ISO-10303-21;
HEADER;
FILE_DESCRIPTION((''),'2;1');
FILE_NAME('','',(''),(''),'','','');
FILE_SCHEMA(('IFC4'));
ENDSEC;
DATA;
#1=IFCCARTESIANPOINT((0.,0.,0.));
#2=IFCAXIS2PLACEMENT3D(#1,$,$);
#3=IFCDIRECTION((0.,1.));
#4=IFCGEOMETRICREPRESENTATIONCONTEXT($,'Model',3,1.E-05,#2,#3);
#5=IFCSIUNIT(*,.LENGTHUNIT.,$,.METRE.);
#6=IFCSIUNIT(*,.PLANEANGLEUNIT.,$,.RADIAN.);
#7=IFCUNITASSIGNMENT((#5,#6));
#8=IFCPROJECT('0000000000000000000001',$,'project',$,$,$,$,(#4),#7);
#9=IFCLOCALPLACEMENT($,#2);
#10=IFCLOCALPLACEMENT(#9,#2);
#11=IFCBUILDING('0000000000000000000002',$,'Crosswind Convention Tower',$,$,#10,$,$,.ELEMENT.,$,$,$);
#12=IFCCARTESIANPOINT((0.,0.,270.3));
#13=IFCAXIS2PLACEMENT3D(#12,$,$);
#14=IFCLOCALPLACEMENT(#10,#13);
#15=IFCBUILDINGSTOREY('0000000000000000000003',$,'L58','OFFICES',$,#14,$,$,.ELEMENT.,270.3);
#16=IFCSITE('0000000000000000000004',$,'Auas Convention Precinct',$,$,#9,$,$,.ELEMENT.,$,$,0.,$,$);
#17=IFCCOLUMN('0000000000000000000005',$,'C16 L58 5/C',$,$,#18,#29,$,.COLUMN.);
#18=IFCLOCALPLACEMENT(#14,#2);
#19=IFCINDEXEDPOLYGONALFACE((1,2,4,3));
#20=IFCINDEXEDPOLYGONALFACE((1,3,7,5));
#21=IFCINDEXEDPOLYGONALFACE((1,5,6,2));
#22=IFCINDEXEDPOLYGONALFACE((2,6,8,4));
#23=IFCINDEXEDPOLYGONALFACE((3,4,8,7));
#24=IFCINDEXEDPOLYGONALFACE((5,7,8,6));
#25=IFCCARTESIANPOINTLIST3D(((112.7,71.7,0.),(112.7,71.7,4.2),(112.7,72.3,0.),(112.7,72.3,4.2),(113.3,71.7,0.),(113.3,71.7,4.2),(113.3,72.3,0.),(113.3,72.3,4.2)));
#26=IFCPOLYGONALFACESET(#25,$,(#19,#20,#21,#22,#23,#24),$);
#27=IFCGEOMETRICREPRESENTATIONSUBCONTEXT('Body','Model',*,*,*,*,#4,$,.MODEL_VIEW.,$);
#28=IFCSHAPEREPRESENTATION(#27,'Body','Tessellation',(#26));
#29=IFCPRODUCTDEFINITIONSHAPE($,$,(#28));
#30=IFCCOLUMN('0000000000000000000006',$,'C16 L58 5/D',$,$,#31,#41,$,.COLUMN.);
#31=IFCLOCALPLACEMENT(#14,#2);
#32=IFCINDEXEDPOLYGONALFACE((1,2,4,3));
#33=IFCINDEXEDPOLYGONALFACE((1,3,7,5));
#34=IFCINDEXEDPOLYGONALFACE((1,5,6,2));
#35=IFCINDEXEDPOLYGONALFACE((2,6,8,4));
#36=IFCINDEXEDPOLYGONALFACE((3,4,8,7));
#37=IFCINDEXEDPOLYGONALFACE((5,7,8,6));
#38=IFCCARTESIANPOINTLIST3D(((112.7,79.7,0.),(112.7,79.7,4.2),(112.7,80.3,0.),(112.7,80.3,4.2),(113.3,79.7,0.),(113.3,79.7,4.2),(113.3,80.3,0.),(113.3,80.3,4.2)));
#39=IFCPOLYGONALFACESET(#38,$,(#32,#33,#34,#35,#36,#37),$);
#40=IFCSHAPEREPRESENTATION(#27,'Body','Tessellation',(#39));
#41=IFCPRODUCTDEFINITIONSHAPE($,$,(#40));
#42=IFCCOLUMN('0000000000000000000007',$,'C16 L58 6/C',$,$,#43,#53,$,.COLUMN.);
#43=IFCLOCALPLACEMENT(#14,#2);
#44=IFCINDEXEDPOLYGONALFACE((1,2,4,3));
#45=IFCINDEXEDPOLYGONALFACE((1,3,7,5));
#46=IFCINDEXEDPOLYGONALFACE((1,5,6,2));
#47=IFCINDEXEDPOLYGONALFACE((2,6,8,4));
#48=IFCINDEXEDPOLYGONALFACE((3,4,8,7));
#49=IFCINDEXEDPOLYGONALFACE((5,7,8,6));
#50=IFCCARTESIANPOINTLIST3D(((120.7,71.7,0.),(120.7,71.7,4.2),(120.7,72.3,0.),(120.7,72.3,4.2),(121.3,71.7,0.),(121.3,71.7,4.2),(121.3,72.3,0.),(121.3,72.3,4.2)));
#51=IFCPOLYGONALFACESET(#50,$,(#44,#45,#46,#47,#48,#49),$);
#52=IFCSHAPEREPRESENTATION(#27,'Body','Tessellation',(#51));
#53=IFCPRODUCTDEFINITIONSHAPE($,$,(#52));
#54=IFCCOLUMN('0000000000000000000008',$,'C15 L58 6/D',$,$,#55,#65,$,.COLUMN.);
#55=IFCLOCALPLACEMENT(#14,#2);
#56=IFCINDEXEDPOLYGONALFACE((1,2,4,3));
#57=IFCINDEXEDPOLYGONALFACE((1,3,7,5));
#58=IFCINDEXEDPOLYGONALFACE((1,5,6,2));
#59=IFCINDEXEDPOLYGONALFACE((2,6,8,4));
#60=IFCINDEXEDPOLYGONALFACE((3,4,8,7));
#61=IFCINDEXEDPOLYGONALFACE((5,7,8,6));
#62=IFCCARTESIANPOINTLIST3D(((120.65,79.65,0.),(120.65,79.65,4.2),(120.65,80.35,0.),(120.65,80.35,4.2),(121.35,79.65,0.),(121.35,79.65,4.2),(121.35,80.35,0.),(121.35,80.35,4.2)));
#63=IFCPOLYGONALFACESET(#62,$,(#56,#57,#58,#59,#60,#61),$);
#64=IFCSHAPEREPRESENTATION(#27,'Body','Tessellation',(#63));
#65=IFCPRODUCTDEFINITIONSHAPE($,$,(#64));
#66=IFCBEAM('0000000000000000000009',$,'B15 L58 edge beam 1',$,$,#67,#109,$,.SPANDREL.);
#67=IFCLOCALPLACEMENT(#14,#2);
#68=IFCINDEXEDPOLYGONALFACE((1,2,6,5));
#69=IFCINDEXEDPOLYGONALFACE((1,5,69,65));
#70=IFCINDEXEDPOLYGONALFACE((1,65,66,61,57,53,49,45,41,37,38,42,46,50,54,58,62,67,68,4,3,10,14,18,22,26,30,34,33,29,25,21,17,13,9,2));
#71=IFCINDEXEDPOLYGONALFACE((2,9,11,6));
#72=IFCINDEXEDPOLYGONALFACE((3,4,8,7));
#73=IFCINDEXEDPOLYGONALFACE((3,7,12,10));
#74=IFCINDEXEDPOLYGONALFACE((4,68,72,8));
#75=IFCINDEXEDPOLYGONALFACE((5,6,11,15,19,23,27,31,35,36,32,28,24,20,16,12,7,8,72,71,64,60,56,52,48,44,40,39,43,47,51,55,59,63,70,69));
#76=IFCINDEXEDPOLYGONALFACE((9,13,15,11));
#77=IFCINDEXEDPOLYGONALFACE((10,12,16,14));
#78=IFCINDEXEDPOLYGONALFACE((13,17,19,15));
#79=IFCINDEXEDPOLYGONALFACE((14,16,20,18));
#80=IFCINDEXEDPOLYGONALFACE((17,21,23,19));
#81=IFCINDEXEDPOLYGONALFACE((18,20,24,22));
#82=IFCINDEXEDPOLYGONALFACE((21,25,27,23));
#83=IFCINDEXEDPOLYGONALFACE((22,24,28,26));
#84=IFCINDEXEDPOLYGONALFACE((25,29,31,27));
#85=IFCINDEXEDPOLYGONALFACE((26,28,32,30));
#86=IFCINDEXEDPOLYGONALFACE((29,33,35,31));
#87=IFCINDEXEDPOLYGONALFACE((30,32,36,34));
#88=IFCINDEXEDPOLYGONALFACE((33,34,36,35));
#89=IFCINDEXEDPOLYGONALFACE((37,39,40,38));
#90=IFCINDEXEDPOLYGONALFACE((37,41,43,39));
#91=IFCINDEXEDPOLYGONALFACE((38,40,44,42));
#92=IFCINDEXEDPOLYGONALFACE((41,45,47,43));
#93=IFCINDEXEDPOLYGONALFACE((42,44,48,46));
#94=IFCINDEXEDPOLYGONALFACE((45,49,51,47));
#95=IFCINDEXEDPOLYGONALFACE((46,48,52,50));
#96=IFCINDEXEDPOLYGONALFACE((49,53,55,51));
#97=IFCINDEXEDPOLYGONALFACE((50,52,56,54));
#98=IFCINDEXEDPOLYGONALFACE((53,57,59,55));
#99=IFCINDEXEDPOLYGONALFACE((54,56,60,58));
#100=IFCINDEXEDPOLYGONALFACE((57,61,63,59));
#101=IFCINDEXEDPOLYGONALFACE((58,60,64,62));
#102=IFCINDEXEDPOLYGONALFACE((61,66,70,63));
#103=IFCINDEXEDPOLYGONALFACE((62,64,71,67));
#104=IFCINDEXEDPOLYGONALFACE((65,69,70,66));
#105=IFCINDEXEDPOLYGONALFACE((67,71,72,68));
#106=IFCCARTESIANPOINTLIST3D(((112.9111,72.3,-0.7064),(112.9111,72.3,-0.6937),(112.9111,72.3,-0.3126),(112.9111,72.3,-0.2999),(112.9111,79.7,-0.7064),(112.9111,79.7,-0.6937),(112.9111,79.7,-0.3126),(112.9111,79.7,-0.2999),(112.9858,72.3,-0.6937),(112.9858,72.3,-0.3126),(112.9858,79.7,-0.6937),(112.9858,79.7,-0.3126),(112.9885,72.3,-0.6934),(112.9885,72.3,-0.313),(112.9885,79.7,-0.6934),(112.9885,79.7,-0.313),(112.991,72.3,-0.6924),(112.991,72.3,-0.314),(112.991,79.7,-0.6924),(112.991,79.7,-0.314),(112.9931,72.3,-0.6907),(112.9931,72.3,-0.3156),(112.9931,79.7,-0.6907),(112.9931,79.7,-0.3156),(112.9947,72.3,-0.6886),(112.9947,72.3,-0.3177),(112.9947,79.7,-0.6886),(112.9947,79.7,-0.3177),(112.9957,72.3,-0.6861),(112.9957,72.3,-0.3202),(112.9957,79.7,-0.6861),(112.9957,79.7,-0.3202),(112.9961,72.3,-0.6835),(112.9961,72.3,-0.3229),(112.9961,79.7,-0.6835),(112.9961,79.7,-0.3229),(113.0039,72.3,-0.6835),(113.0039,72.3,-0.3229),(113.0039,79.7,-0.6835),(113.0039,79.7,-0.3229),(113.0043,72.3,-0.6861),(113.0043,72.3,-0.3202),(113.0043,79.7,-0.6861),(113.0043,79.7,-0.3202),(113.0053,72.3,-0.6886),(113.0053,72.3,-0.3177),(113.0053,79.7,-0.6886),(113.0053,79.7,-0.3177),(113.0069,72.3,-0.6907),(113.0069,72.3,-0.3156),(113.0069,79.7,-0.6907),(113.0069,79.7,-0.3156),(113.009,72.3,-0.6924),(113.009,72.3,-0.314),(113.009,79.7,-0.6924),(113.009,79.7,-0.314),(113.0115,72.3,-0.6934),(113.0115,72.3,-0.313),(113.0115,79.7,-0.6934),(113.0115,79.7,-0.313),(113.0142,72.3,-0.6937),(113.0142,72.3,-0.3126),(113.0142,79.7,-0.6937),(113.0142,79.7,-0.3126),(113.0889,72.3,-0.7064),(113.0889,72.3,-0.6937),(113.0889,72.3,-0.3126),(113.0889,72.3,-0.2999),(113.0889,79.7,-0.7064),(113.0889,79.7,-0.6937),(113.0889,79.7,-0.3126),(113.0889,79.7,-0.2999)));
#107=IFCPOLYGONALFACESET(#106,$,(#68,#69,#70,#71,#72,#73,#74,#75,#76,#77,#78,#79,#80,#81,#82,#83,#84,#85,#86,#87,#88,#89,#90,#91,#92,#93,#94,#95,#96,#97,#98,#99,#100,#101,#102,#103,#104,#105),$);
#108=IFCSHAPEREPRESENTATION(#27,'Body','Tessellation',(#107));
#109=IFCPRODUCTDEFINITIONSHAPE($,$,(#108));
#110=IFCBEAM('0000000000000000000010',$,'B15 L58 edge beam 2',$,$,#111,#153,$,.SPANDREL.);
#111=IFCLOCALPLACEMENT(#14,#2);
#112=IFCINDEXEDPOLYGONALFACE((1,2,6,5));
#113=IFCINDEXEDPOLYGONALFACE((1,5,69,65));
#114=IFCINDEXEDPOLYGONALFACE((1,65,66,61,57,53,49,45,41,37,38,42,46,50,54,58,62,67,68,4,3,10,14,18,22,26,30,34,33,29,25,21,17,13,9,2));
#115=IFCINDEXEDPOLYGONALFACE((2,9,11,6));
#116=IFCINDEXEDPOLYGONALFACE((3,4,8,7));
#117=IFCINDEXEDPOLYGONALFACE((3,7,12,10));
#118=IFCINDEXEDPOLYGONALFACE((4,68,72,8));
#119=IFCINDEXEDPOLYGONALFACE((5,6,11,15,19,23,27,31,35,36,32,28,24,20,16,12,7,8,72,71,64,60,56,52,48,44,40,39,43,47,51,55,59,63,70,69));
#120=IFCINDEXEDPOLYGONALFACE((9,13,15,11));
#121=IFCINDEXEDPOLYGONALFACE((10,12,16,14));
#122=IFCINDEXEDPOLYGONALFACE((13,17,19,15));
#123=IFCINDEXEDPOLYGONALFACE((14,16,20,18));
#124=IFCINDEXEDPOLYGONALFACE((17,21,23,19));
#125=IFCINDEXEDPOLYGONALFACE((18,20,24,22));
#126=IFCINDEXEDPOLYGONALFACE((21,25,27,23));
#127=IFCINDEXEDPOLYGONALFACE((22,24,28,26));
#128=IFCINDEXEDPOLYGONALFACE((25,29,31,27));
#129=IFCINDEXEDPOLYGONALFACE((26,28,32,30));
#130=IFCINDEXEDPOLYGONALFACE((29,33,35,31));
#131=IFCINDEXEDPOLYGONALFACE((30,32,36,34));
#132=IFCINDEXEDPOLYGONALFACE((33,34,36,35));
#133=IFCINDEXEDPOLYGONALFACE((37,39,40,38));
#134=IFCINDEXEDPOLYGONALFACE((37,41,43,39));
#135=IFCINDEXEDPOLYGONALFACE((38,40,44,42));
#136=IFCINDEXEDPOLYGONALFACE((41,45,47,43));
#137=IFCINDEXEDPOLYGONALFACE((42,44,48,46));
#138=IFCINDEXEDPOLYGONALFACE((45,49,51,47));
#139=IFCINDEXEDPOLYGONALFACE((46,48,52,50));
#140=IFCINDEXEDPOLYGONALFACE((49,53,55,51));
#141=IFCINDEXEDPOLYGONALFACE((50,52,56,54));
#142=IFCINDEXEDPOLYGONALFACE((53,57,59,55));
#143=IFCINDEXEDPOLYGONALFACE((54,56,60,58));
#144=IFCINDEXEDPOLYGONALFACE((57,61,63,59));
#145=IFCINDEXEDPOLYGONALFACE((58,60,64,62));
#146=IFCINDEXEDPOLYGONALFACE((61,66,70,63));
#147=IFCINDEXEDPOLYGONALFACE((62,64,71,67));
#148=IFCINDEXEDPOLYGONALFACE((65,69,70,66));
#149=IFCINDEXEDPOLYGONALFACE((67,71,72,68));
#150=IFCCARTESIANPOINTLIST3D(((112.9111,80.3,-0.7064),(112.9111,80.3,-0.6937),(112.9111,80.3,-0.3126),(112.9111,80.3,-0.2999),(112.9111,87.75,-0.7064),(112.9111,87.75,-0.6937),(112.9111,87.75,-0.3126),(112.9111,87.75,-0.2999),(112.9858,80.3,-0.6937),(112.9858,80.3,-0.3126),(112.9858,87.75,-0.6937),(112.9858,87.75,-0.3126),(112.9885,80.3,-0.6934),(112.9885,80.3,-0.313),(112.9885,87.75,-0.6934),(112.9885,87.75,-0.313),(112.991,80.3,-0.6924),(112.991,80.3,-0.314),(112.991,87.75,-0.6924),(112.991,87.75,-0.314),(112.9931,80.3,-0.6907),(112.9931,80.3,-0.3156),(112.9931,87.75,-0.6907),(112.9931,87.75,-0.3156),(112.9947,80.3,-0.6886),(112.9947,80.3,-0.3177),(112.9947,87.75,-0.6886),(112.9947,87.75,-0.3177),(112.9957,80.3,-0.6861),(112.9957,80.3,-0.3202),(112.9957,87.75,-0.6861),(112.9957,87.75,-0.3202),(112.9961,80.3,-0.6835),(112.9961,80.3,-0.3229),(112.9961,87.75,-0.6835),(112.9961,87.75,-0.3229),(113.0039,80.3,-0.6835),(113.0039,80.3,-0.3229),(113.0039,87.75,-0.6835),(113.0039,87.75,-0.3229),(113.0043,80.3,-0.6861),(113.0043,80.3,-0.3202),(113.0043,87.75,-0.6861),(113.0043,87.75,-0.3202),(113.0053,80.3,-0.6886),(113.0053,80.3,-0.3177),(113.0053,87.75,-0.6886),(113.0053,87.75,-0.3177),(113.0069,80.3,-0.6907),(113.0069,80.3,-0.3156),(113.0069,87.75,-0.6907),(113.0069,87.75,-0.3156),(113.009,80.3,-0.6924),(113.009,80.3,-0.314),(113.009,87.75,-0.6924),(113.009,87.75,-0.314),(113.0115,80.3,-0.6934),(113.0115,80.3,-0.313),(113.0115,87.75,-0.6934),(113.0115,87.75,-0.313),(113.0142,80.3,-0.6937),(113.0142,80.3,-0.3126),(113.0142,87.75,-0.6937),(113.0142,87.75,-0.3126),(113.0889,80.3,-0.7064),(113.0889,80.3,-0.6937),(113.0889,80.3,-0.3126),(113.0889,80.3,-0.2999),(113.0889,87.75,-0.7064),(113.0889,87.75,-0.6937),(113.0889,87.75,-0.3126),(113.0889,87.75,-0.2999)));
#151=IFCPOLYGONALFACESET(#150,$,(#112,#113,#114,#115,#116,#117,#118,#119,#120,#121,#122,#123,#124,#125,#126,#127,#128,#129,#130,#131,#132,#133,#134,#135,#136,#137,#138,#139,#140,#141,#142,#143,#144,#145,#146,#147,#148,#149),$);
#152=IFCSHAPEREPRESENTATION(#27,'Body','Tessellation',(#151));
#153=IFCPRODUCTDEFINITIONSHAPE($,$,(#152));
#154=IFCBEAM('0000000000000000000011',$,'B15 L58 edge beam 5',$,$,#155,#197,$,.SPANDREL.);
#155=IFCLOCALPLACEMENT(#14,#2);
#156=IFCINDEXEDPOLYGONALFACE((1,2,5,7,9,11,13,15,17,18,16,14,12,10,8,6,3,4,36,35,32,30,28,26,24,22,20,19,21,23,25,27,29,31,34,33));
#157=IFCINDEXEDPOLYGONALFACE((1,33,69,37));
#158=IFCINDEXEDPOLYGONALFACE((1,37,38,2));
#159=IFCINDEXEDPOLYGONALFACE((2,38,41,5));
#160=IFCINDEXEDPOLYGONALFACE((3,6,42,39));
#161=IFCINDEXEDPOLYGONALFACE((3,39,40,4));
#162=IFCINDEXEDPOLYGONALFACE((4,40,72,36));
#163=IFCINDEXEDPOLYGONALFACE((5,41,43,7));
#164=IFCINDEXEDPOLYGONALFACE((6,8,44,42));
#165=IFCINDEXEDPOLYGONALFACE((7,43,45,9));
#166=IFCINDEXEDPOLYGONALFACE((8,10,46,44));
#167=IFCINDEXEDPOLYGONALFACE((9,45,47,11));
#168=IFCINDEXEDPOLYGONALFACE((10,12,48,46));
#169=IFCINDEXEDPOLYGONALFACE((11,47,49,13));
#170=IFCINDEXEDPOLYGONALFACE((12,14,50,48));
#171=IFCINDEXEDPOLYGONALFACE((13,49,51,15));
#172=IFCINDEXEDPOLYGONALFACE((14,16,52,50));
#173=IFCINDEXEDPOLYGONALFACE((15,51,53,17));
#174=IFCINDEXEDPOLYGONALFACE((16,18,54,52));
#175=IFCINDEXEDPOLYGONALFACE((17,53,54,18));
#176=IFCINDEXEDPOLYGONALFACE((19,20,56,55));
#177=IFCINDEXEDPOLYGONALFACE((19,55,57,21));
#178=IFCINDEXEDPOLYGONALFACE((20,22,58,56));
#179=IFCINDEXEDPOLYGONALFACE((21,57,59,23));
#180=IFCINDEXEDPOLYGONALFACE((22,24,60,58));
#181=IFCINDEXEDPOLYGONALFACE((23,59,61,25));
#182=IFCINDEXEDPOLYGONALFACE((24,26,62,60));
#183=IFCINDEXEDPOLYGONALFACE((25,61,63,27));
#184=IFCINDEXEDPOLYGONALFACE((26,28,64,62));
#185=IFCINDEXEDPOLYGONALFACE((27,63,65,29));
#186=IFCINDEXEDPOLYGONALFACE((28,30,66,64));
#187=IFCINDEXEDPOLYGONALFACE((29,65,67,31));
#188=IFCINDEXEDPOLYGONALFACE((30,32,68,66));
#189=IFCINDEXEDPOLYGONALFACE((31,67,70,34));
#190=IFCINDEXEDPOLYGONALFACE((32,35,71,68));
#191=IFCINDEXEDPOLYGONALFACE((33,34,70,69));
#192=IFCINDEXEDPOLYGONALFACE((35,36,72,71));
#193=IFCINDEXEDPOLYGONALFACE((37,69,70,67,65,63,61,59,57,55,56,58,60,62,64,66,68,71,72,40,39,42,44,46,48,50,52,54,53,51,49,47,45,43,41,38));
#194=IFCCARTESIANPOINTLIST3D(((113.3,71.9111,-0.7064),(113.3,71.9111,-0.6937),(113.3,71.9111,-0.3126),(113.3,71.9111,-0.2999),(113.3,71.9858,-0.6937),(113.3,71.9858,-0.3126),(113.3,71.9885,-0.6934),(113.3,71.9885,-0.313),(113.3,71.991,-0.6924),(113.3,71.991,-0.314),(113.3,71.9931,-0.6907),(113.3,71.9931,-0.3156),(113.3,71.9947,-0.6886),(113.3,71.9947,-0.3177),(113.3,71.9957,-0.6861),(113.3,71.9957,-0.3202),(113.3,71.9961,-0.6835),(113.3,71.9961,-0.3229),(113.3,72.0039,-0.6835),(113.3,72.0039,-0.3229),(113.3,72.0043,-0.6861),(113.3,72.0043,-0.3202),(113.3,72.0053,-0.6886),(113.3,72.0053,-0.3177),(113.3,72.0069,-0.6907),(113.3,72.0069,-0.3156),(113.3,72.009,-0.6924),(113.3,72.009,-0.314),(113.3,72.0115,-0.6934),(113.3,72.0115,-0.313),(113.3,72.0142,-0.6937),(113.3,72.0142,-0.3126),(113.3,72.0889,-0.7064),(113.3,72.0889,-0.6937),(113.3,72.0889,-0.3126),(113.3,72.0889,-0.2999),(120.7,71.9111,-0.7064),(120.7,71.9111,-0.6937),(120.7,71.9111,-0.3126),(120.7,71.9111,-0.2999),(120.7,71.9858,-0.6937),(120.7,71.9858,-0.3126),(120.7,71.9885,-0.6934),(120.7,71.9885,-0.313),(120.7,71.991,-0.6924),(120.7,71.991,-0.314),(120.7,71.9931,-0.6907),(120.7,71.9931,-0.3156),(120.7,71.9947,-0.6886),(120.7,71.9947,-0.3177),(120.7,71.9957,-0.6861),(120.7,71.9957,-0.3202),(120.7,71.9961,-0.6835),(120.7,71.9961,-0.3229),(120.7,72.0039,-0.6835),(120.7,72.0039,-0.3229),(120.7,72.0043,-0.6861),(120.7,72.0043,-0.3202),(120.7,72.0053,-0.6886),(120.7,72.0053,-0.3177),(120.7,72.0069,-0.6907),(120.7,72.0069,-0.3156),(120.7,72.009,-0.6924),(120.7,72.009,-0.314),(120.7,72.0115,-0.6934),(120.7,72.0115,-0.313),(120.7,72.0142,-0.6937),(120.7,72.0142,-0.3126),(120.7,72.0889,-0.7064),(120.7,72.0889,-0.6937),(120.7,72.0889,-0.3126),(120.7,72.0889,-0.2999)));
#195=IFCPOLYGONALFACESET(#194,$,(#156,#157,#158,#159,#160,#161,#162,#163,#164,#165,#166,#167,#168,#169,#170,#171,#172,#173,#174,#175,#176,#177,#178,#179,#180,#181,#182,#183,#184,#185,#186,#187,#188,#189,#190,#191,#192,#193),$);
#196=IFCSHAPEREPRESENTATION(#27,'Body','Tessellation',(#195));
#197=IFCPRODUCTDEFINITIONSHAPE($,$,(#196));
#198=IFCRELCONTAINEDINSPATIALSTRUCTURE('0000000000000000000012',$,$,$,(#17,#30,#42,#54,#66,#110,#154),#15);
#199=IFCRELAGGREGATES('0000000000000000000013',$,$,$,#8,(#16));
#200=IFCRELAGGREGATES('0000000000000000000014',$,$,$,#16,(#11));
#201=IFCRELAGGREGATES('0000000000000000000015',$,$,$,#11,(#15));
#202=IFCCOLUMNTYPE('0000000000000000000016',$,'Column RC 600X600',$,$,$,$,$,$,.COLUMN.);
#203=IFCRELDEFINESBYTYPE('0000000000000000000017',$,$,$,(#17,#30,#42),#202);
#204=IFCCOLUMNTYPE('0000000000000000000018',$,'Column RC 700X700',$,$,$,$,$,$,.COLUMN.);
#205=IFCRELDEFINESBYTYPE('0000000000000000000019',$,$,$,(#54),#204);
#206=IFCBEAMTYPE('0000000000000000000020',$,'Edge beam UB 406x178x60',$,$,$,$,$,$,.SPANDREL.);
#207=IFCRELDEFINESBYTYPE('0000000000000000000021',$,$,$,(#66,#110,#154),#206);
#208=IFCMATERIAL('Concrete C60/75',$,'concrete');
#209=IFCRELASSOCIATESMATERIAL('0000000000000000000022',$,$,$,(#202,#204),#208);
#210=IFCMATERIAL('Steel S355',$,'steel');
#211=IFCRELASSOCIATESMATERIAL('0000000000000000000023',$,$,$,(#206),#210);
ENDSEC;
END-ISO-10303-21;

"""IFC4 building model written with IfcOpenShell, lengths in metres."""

from ifc_helpers import new_model, si_unit, direction, frame, origin, origin_2d, place, context, subcontext, project, spatial, rectangle, i_section, extrude, material, material_profile, profile_set, type_object, element, save


model = new_model("IFC4")

# Units and contexts
model_context = context("Model", 3, precision=1e-05, world=origin(), true_north=direction((0.0, 1.0)))
body_context = subcontext(model_context, "Body", "Model", "MODEL_VIEW")
ifc_project = project(units=[si_unit("LENGTHUNIT", "METRE"), si_unit("PLANEANGLEUNIT", "RADIAN")], contexts=[model_context])

# Site, building, storey
site_placement = place(None, origin())
site = spatial("IfcSite", under=ifc_project, at=site_placement, Name="Auas Convention Precinct", CompositionType="ELEMENT", RefElevation=0.0)
building_placement = place(site_placement, origin())
building = spatial("IfcBuilding", under=site, at=building_placement, Name="Crosswind Convention Tower", CompositionType="ELEMENT")
storey_placement = place(building_placement, frame((0.0, 0.0, 270.3)))
storey = spatial("IfcBuildingStorey", under=building, at=storey_placement, Name="L58", Description="OFFICES", CompositionType="ELEMENT", Elevation=270.3)

# Columns
ifc_material_1 = material(Name="Concrete C60/75", Category="concrete")
ifc_material_profile_1 = material_profile(ifc_material_1, rectangle(XDim=0.6001, YDim=0.6001, at=origin_2d()), Name="RC 600X600")
ifc_profile_set_1 = profile_set([ifc_material_profile_1], Name="Concrete C60/75")
column_type_1 = type_object("IfcColumnType", Name="Column RC 600X600", PredefinedType="COLUMN", material=ifc_profile_set_1)
for number, where, z_axis, x_axis, name in (
    (1, (113.0, 72.0, 0.0), (0.0, 0.0, 1.0), (1.0, 0.0, 0.0), "C16 L58 5/C"),
    (2, (113.0, 80.0, 0.0), (0.0, 0.0, 1.0), (1.0, 0.0, 0.0), "C16 L58 5/D"),
    (3, (121.0, 72.0, 0.0), (0.0, 0.0, 1.0), (1.0, 0.0, 0.0), "C16 L58 6/C"),
):
    element("IfcColumn", number, at=place(storey_placement, frame(where, z_axis=z_axis, x_axis=x_axis)), inside=storey, type_object=column_type_1, Name=name, PredefinedType="COLUMN", context=body_context, shape_type="SweptSolid", body=[
        extrude(rectangle(XDim=0.6001, YDim=0.6001, at=origin_2d()), origin(), (0.0, 0.0, 1.0), 4.2),
    ])
ifc_material_profile_2 = material_profile(ifc_material_1, rectangle(XDim=0.7, YDim=0.7, at=origin_2d()), Name="RC 700X700")
ifc_profile_set_2 = profile_set([ifc_material_profile_2], Name="Concrete C60/75")
column_type_2 = type_object("IfcColumnType", Name="Column RC 700X700", PredefinedType="COLUMN", material=ifc_profile_set_2)
column_placement = place(storey_placement, frame((121.0, 80.0, 0.0), z_axis=(0.0, 0.0, 1.0), x_axis=(1.0, 0.0, 0.0)))
element("IfcColumn", 4, at=column_placement, inside=storey, type_object=column_type_2, Name="C15 L58 6/D", PredefinedType="COLUMN", context=body_context, shape_type="SweptSolid", body=[
    extrude(rectangle(XDim=0.7, YDim=0.7, at=origin_2d()), origin(), (0.0, 0.0, 1.0), 4.2),
])

# Beams
ifc_material_2 = material(Name="Steel S355", Category="steel")
ifc_material_profile_3 = material_profile(ifc_material_2, i_section(OverallWidth=0.1777, OverallDepth=0.4065, WebThickness=0.0078, FlangeThickness=0.0127, FilletRadius=0.0103, at=origin_2d()), Name="UB 406x178x60")
ifc_profile_set_3 = profile_set([ifc_material_profile_3], Name="Steel S355")
beam_type_1 = type_object("IfcBeamType", Name="Edge beam UB 406x178x60", PredefinedType="SPANDREL", material=ifc_profile_set_3)
beam_1_placement = place(storey_placement, frame((113.0, 72.3, -0.5032), z_axis=(0.0, 1.0, 0.0), x_axis=(-1.0, 0.0, 0.0)))
element("IfcBeam", 5, at=beam_1_placement, inside=storey, type_object=beam_type_1, Name="B15 L58 edge beam 1", PredefinedType="SPANDREL", context=body_context, shape_type="SweptSolid", body=[
    extrude(i_section(OverallWidth=0.1777, OverallDepth=0.4065, WebThickness=0.0078, FlangeThickness=0.0127, FilletRadius=0.0103, at=origin_2d()), origin(), (0.0, 0.0, 1.0), 7.3999),
])
beam_2_placement = place(storey_placement, frame((113.0, 80.3, -0.5032), z_axis=(0.0, 1.0, 0.0), x_axis=(-1.0, 0.0, 0.0)))
element("IfcBeam", 6, at=beam_2_placement, inside=storey, type_object=beam_type_1, Name="B15 L58 edge beam 2", PredefinedType="SPANDREL", context=body_context, shape_type="SweptSolid", body=[
    extrude(i_section(OverallWidth=0.1777, OverallDepth=0.4065, WebThickness=0.0078, FlangeThickness=0.0127, FilletRadius=0.0103, at=origin_2d()), origin(), (0.0, 0.0, 1.0), 7.45),
])
beam_3_placement = place(storey_placement, frame((113.3, 72.0, -0.5032), z_axis=(1.0, 0.0, 0.0), x_axis=(0.0, 1.0, 0.0)))
element("IfcBeam", 7, at=beam_3_placement, inside=storey, type_object=beam_type_1, Name="B15 L58 edge beam 5", PredefinedType="SPANDREL", context=body_context, shape_type="SweptSolid", body=[
    extrude(i_section(OverallWidth=0.1777, OverallDepth=0.4065, WebThickness=0.0078, FlangeThickness=0.0127, FilletRadius=0.0103, at=origin_2d()), origin(), (0.0, 0.0, 1.0), 7.3999),
])

save(model, "model.ifc")
